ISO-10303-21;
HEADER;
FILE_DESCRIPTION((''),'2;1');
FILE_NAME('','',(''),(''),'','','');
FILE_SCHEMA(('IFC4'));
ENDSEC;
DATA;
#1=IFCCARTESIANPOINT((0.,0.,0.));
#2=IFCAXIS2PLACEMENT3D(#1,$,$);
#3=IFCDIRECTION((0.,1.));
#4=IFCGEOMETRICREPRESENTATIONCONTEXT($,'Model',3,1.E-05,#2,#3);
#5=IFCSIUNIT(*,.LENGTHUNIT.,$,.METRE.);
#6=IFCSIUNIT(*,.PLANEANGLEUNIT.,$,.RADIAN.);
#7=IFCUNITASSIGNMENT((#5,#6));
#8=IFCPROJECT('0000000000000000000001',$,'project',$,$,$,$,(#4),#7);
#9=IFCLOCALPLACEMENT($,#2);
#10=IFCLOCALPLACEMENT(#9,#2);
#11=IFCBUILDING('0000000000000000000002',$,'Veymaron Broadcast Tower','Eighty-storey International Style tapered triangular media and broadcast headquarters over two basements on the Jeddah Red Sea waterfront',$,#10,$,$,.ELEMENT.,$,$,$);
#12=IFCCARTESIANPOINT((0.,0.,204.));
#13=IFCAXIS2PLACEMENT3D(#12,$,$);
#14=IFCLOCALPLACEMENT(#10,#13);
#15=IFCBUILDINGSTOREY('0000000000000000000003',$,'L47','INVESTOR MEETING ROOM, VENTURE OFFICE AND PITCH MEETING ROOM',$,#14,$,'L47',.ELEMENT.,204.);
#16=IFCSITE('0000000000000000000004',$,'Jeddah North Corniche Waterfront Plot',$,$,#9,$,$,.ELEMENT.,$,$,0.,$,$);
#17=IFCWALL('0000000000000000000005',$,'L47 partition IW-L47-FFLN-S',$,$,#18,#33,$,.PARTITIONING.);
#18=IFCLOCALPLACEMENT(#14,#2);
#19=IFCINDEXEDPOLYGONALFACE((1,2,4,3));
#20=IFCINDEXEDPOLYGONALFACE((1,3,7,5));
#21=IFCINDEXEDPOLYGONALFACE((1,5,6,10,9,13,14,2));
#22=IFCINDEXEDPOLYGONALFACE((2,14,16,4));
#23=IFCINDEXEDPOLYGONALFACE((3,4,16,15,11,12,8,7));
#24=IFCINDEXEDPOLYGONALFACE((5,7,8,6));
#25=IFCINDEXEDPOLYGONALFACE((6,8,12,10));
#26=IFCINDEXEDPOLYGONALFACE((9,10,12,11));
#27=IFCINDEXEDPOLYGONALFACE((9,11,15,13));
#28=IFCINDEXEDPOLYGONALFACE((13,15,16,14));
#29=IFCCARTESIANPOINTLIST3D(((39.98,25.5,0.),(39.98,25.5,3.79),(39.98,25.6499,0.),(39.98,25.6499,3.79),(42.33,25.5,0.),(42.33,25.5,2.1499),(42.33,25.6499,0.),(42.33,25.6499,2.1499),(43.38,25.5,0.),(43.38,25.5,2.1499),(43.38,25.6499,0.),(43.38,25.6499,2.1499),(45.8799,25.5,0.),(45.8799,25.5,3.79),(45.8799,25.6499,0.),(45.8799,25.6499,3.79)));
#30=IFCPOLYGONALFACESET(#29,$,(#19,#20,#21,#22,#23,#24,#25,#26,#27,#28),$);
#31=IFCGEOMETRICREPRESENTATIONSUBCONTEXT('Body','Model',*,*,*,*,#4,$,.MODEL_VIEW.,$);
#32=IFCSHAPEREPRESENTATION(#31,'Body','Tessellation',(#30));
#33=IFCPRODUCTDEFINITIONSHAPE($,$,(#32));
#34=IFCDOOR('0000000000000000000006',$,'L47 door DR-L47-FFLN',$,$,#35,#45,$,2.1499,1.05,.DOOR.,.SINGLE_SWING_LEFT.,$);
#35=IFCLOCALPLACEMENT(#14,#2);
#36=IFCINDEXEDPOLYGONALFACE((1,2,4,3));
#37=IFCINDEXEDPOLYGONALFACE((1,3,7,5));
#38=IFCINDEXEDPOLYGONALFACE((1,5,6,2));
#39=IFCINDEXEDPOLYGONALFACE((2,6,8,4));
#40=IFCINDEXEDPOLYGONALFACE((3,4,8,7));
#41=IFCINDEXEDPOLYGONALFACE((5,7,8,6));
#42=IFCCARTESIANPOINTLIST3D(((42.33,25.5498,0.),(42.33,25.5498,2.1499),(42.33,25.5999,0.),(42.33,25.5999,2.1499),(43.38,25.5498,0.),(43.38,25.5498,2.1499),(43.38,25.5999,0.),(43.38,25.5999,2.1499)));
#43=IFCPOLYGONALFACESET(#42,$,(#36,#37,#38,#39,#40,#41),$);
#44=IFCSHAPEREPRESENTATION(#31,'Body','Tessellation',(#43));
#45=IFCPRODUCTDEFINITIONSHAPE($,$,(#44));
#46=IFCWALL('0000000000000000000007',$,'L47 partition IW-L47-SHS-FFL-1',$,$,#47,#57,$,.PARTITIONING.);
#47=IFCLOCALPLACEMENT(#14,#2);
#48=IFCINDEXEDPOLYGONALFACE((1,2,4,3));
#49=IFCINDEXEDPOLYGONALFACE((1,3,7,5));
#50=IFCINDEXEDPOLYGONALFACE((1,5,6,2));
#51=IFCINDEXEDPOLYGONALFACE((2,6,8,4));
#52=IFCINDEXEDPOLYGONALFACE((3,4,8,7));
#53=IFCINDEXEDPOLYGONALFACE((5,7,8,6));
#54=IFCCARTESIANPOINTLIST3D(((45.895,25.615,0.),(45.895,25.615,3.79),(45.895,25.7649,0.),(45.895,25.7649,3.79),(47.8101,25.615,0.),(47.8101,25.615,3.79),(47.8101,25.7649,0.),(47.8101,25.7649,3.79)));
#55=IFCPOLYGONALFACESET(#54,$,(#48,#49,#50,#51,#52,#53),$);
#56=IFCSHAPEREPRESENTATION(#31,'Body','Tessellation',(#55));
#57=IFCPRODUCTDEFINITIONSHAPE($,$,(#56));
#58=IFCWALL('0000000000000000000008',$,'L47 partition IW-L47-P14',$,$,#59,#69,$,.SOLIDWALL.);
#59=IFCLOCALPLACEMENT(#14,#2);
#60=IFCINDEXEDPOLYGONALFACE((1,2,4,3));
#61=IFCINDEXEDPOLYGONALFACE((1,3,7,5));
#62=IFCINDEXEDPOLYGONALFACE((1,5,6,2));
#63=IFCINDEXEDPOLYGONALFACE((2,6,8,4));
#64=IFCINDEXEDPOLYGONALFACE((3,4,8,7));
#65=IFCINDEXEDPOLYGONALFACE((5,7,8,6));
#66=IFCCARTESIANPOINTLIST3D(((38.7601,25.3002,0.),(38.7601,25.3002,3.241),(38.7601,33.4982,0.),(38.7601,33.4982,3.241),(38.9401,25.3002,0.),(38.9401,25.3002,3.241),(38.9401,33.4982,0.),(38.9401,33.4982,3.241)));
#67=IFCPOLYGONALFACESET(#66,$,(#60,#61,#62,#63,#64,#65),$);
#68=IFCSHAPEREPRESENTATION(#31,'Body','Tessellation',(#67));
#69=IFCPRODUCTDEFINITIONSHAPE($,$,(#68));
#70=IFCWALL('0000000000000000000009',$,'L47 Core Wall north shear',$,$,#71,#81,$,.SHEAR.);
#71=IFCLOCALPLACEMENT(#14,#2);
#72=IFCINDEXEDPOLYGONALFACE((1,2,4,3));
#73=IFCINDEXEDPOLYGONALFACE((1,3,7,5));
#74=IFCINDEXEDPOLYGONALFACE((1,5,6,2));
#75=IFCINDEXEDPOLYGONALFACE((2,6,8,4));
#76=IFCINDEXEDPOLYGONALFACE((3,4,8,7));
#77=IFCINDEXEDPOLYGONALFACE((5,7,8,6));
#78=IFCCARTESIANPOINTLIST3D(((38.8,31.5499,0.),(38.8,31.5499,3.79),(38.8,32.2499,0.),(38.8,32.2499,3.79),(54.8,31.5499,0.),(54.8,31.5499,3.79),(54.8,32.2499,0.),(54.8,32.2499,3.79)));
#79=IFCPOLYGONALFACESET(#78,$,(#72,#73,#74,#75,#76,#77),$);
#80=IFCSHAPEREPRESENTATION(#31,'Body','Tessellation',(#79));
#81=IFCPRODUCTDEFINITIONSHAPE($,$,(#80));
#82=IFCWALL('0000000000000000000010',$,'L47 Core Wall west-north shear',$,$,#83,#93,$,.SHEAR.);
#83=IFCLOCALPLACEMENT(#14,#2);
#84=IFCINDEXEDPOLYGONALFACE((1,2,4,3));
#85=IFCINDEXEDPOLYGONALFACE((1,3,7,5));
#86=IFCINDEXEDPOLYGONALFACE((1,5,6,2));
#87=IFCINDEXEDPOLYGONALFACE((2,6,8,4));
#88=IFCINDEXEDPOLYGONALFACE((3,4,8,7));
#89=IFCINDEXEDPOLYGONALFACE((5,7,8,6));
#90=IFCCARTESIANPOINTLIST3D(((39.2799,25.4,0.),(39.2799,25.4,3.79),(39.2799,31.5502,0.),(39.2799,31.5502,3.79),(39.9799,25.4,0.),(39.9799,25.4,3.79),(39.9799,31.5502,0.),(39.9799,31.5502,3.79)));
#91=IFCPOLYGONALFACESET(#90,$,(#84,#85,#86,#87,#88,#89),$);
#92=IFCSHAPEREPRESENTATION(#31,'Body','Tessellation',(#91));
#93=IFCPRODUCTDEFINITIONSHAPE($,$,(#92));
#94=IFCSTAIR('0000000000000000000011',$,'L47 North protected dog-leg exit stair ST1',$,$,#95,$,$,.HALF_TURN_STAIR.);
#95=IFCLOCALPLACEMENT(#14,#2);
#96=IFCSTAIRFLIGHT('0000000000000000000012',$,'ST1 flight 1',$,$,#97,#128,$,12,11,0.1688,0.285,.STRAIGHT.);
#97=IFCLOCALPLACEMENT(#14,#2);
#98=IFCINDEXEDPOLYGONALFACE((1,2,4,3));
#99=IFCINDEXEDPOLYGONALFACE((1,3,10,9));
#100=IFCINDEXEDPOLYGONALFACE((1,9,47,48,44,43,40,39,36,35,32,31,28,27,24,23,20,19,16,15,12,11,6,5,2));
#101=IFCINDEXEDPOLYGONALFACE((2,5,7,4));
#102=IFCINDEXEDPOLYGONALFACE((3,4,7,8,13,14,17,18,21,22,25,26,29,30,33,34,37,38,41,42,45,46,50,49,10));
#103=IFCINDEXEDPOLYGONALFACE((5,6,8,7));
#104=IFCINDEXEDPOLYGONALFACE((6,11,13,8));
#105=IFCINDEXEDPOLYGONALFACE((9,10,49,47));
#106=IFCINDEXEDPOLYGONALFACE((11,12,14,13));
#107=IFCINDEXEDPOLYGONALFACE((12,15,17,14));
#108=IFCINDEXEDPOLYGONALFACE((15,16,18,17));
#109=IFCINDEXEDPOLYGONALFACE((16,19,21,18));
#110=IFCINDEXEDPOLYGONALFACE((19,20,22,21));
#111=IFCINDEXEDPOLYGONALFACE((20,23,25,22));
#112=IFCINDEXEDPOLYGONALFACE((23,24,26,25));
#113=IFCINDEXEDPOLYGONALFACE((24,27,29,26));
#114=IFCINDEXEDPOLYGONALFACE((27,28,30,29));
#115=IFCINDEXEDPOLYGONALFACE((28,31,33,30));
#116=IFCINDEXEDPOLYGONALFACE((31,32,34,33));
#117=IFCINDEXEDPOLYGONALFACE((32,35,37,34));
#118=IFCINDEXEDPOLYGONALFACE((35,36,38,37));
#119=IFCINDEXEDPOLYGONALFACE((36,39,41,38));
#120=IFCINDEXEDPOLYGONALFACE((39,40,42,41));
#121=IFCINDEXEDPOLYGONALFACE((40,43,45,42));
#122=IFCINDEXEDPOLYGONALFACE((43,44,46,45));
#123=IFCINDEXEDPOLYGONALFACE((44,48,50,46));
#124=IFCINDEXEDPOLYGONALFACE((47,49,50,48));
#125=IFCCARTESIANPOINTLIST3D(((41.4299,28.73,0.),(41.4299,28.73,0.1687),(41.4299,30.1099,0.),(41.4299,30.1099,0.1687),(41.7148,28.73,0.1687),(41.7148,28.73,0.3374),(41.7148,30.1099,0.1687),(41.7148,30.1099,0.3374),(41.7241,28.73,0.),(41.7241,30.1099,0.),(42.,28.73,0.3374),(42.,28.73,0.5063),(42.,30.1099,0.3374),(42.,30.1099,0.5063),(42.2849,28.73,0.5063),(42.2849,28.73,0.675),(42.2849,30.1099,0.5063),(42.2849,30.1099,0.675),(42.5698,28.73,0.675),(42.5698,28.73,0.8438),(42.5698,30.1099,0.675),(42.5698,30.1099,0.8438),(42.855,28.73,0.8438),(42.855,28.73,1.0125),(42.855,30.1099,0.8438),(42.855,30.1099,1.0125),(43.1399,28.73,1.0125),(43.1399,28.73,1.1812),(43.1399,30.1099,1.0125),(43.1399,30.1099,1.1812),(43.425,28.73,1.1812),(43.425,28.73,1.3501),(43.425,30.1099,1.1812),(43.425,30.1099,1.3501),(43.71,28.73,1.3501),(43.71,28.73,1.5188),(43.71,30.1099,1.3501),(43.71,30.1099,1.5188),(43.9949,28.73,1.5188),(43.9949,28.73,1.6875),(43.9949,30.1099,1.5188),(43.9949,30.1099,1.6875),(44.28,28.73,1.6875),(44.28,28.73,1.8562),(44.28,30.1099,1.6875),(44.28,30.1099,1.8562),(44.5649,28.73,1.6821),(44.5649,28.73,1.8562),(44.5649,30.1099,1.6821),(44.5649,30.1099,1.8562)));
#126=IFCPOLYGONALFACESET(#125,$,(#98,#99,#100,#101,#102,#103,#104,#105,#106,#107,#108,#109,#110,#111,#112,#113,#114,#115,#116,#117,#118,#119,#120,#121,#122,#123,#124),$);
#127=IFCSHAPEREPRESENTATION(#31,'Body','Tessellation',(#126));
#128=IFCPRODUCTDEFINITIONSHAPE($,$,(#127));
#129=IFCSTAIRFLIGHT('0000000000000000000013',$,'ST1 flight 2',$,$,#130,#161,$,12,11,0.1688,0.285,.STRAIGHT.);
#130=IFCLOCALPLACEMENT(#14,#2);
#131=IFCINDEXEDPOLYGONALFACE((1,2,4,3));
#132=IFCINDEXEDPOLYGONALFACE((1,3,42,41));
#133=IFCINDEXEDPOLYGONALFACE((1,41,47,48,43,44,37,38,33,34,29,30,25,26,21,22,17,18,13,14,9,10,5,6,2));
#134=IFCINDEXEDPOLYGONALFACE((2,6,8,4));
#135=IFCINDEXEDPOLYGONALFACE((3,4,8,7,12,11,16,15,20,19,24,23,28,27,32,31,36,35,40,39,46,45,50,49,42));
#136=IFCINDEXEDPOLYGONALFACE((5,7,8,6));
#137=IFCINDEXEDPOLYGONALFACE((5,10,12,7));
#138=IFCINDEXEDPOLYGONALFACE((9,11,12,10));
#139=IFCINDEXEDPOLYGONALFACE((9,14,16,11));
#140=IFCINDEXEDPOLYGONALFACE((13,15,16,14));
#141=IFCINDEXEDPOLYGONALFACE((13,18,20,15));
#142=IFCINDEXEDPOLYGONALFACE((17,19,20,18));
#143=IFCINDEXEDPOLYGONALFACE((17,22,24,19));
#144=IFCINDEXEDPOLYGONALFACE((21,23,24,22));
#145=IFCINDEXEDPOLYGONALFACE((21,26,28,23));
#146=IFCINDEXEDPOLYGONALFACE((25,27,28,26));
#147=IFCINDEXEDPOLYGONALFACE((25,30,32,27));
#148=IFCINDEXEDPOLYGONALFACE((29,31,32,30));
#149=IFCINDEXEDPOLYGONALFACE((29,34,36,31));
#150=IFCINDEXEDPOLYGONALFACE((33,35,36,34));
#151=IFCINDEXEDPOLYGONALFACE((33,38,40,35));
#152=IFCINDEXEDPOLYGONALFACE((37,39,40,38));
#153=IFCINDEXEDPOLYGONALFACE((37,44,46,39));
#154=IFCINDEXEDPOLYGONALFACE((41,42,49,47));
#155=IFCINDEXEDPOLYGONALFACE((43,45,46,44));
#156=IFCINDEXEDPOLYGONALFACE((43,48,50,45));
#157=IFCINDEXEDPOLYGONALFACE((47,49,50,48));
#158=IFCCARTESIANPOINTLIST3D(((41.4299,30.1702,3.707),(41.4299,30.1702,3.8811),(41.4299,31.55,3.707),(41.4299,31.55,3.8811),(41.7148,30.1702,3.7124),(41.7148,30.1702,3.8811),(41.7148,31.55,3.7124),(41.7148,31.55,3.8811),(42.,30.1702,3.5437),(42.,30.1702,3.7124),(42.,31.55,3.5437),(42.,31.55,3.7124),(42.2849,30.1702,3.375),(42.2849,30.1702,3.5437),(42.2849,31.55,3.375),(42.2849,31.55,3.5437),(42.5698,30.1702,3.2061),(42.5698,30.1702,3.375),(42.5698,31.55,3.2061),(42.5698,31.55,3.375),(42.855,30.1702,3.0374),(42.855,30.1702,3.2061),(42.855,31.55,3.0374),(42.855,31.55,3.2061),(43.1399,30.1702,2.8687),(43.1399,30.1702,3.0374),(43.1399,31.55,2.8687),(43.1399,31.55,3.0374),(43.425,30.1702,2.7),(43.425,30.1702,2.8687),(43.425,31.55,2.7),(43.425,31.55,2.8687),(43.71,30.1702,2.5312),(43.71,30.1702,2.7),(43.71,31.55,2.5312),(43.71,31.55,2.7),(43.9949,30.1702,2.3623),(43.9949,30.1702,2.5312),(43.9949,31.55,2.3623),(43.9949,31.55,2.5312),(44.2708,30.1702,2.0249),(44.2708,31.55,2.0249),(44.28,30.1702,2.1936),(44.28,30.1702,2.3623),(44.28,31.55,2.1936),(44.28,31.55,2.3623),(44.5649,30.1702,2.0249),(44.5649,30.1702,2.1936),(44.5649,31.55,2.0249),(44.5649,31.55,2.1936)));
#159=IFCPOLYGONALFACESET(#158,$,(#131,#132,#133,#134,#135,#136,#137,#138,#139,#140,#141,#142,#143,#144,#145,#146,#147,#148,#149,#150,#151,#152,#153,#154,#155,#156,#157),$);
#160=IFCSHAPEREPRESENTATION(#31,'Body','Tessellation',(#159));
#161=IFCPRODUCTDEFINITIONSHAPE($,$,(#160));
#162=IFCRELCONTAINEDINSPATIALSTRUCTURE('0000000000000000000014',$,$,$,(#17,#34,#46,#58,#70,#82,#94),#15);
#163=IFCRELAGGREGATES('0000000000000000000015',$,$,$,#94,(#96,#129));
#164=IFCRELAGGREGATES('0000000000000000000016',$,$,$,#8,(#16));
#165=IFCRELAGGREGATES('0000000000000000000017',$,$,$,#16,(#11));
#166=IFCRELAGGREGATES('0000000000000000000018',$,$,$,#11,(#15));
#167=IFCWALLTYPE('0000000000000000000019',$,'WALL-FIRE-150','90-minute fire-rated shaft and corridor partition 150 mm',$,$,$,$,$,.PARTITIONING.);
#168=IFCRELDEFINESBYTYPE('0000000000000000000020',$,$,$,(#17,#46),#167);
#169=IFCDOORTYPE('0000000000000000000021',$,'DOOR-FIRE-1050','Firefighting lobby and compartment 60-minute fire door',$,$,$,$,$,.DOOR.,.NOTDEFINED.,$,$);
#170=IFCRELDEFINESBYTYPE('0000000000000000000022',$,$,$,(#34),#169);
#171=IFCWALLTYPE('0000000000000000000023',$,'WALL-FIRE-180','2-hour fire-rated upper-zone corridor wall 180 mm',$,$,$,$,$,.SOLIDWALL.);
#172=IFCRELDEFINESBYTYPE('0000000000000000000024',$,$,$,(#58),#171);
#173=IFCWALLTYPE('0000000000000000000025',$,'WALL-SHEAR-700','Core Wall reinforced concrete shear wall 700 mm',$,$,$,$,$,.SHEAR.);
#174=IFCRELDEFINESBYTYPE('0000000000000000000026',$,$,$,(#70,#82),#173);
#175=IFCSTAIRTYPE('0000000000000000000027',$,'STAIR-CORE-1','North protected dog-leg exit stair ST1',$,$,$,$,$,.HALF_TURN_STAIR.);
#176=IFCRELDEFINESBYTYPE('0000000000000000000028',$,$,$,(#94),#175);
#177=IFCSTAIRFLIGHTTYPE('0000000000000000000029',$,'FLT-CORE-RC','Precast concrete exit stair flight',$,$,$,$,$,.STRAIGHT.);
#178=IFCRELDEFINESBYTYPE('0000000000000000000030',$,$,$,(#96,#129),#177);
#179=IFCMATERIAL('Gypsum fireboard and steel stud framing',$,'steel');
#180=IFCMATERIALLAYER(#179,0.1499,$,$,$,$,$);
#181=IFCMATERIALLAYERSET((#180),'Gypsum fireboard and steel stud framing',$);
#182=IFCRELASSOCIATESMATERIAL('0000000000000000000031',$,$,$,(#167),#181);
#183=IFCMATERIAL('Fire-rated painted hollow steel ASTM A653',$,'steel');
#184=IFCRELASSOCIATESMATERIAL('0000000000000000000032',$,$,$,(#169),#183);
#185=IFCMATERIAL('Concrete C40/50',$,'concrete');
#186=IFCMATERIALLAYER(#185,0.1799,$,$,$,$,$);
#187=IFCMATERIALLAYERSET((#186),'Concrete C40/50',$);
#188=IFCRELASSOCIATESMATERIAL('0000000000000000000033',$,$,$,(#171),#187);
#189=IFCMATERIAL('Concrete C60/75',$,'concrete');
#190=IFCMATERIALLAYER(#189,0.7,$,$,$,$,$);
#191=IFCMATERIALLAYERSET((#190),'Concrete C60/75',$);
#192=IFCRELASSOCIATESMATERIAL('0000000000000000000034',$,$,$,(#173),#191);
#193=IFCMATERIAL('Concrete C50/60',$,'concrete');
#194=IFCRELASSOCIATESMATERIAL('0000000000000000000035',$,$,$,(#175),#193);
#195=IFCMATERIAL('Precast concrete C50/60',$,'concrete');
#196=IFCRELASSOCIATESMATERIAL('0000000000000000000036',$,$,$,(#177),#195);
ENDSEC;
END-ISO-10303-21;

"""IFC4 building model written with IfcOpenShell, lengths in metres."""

from ifc_helpers import new_model, si_unit, direction, frame, frame_2d, origin, place, context, subcontext, project, spatial, polyline, rectangle, outline, extrude, material, layer, layer_set, type_object, element, fill, aggregate, save


model = new_model("IFC4")

# Units and contexts
model_context = context("Model", 3, precision=1e-05, world=origin(), true_north=direction((0.0, 1.0)))
body_context = subcontext(model_context, "Body", "Model", "MODEL_VIEW")
ifc_project = project(units=[si_unit("LENGTHUNIT", "METRE"), si_unit("PLANEANGLEUNIT", "RADIAN")], contexts=[model_context])

# Site, building, storey
site_placement = place(None, origin())
site = spatial("IfcSite", under=ifc_project, at=site_placement, Name="Jeddah North Corniche Waterfront Plot", CompositionType="ELEMENT", RefElevation=0.0)
building_placement = place(site_placement, origin())
building = spatial("IfcBuilding", under=site, at=building_placement, Name="Veymaron Broadcast Tower", Description="Eighty-storey International Style tapered triangular media and broadcast headquarters over two basements on the Jeddah Red Sea waterfront", CompositionType="ELEMENT")
storey_placement = place(building_placement, frame((0.0, 0.0, 204.0)))
storey = spatial("IfcBuildingStorey", under=building, at=storey_placement, Name="L47", Description="INVESTOR MEETING ROOM, VENTURE OFFICE AND PITCH MEETING ROOM", LongName="L47", CompositionType="ELEMENT", Elevation=204.0)

# Shared definitions
ifc_material_1 = material(Name="Concrete C60/75", Category="concrete")

# Wall, opening, door
ifc_material_2 = material(Name="Gypsum fireboard and steel stud framing", Category="steel")
ifc_layer_1 = layer(ifc_material_2, 0.1499)
ifc_layer_set_1 = layer_set([ifc_layer_1], Name="Gypsum fireboard and steel stud framing")
wall_type_1 = type_object("IfcWallType", Name="WALL-FIRE-150", Description="90-minute fire-rated shaft and corridor partition 150 mm", PredefinedType="PARTITIONING", material=ifc_layer_set_1)
wall_1_placement = place(storey_placement, frame((39.98, 25.575, 0.0), z_axis=(0.0, 0.0, 1.0), x_axis=(1.0, 0.0, 0.0)))
wall_1 = element("IfcWall", 1, at=wall_1_placement, inside=storey, type_object=wall_type_1, Name="L47 partition IW-L47-FFLN-S", PredefinedType="PARTITIONING", context=body_context, shape_type="SweptSolid", body=[
    extrude(rectangle(XDim=5.8999, YDim=0.1499, at=frame_2d((2.95, 0.0))), origin(), (0.0, 0.0, 1.0), 3.79),
])
opening_1_placement = place(wall_1_placement, frame((2.3501, 0.0, 0.0)))
opening_1 = element("IfcOpeningElement", 2, at=opening_1_placement, cuts=wall_1, PredefinedType="OPENING", context=body_context, shape_type="SweptSolid", body=[
    extrude(rectangle(XDim=1.05, YDim=2.1499, at=frame_2d((0.5249, 1.075))), frame((0.0, 0.085, 0.0), z_axis=(0.0, -1.0, 0.0), x_axis=(1.0, 0.0, 0.0)), (0.0, 0.0, 1.0), 0.1699),
])
ifc_material_3 = material(Name="Fire-rated painted hollow steel ASTM A653", Category="steel")
door_type_1 = type_object("IfcDoorType", Name="DOOR-FIRE-1050", Description="Firefighting lobby and compartment 60-minute fire door", OperationType="NOTDEFINED", PredefinedType="DOOR", material=ifc_material_3)
door_1_placement = place(opening_1_placement, origin())
door_1 = element("IfcDoor", 3, at=door_1_placement, inside=storey, type_object=door_type_1, Name="L47 door DR-L47-FFLN", OperationType="SINGLE_SWING_LEFT", OverallHeight=2.1499, OverallWidth=1.05, PredefinedType="DOOR", context=body_context, shape_type="SweptSolid", body=[
    extrude(rectangle(XDim=1.05, YDim=2.1499, at=frame_2d((0.5249, 1.075))), frame((0.0, 0.0249, 0.0), z_axis=(0.0, -1.0, 0.0), x_axis=(1.0, 0.0, 0.0)), (0.0, 0.0, 1.0), 0.05),
])
fill(opening_1, door_1)

# Walls
wall_2_placement = place(storey_placement, frame((45.895, 25.6899, 0.0), z_axis=(0.0, 0.0, 1.0), x_axis=(1.0, 0.0, 0.0)))
element("IfcWall", 4, at=wall_2_placement, inside=storey, type_object=wall_type_1, Name="L47 partition IW-L47-SHS-FFL-1", PredefinedType="PARTITIONING", context=body_context, shape_type="SweptSolid", body=[
    extrude(rectangle(XDim=1.915, YDim=0.1499, at=frame_2d((0.9575, 0.0))), origin(), (0.0, 0.0, 1.0), 3.79),
])
ifc_material_4 = material(Name="Concrete C40/50", Category="concrete")
ifc_layer_2 = layer(ifc_material_4, 0.1799)
ifc_layer_set_2 = layer_set([ifc_layer_2], Name="Concrete C40/50")
wall_type_2 = type_object("IfcWallType", Name="WALL-FIRE-180", Description="2-hour fire-rated upper-zone corridor wall 180 mm", PredefinedType="SOLIDWALL", material=ifc_layer_set_2)
wall_3_placement = place(storey_placement, frame((38.8501, 25.3, 0.0), z_axis=(0.0, 0.0, 1.0), x_axis=(0.0, 1.0, 0.0)))
element("IfcWall", 5, at=wall_3_placement, inside=storey, type_object=wall_type_2, Name="L47 partition IW-L47-P14", PredefinedType="SOLIDWALL", context=body_context, shape_type="SweptSolid", body=[
    extrude(rectangle(XDim=8.198, YDim=0.1799, at=frame_2d((4.0991, 0.0))), origin(), (0.0, 0.0, 1.0), 3.241),
])

# Shared definitions
ifc_material_5 = material(Name="Concrete C50/60", Category="concrete")

# Walls
ifc_layer_3 = layer(ifc_material_1, 0.7)
ifc_layer_set_3 = layer_set([ifc_layer_3], Name="Concrete C60/75")
wall_type_3 = type_object("IfcWallType", Name="WALL-SHEAR-700", Description="Core Wall reinforced concrete shear wall 700 mm", PredefinedType="SHEAR", material=ifc_layer_set_3)
wall_4_placement = place(storey_placement, frame((38.8, 31.8999, 0.0), z_axis=(0.0, 0.0, 1.0), x_axis=(1.0, 0.0, 0.0)))
element("IfcWall", 6, at=wall_4_placement, inside=storey, type_object=wall_type_3, Name="L47 Core Wall north shear", PredefinedType="SHEAR", context=body_context, shape_type="SweptSolid", body=[
    extrude(rectangle(XDim=16.0, YDim=0.7, at=frame_2d((8.0, 0.0))), origin(), (0.0, 0.0, 1.0), 3.79),
])
wall_5_placement = place(storey_placement, frame((39.6299, 25.3999, 0.0), z_axis=(0.0, 0.0, 1.0), x_axis=(0.0, 1.0, 0.0)))
element("IfcWall", 7, at=wall_5_placement, inside=storey, type_object=wall_type_3, Name="L47 Core Wall west-north shear", PredefinedType="SHEAR", context=body_context, shape_type="SweptSolid", body=[
    extrude(rectangle(XDim=6.1501, YDim=0.7, at=frame_2d((3.0752, 0.0))), origin(), (0.0, 0.0, 1.0), 3.79),
])

# Stair, stair flights
stair_type = type_object("IfcStairType", Name="STAIR-CORE-1", Description="North protected dog-leg exit stair ST1", PredefinedType="HALF_TURN_STAIR", material=ifc_material_5)
stair_placement = place(storey_placement, origin())
stair = element("IfcStair", 8, at=stair_placement, inside=storey, type_object=stair_type, Name="L47 North protected dog-leg exit stair ST1", PredefinedType="HALF_TURN_STAIR")
ifc_material_6 = material(Name="Precast concrete C50/60", Category="concrete")
stair_flight_type = type_object("IfcStairFlightType", Name="FLT-CORE-RC", Description="Precast concrete exit stair flight", PredefinedType="STRAIGHT", material=ifc_material_6)
stair_flight_1_placement = place(storey_placement, frame((41.4299, 29.4199, 0.0), z_axis=(0.0, 0.0, 1.0), x_axis=(1.0, 0.0, 0.0)))
stair_flight_1 = element("IfcStairFlight", 9, at=stair_flight_1_placement, type_object=stair_flight_type, Name="ST1 flight 1", NumberOfRisers=12, NumberOfTreads=11, PredefinedType="STRAIGHT", RiserHeight=0.1688, TreadLength=0.285, context=body_context, shape_type="SweptSolid", body=[
    extrude(outline(polyline([(0.0, 0.0), (0.0, 0.1687), (0.2849, 0.1687), (0.2849, 0.3374), (0.5701, 0.3374), (0.5701, 0.5063), (0.855, 0.5063), (0.855, 0.675), (1.1399, 0.675), (1.1399, 0.8438), (1.425, 0.8438), (1.425, 1.0125), (1.71, 1.0125), (1.71, 1.1812), (1.9951, 1.1812), (1.9951, 1.3501), (2.28, 1.3501), (2.28, 1.5188), (2.5649, 1.5188), (2.5649, 1.6875), (2.8501, 1.6875), (2.8501, 1.8562), (3.135, 1.8562), (3.135, 2.0249), (3.135, 1.6821), (0.2942, 0.0), (0.0, 0.0)])), frame((0.0, 0.6899, 0.0), z_axis=(0.0, -1.0, 0.0), x_axis=(1.0, 0.0, 0.0)), (0.0, 0.0, 1.0), 1.3799),
])
stair_flight_2_placement = place(storey_placement, frame((44.5649, 30.8601, 2.0249), z_axis=(0.0, 0.0, 1.0), x_axis=(-1.0, 0.0, 0.0)))
stair_flight_2 = element("IfcStairFlight", 10, at=stair_flight_2_placement, type_object=stair_flight_type, Name="ST1 flight 2", NumberOfRisers=12, NumberOfTreads=11, PredefinedType="STRAIGHT", RiserHeight=0.1688, TreadLength=0.285, context=body_context, shape_type="SweptSolid", body=[
    extrude(outline(polyline([(0.0, 0.0), (0.0, 0.1687), (0.2849, 0.1687), (0.2849, 0.3374), (0.5701, 0.3374), (0.5701, 0.5063), (0.855, 0.5063), (0.855, 0.675), (1.1399, 0.675), (1.1399, 0.8438), (1.425, 0.8438), (1.425, 1.0125), (1.71, 1.0125), (1.71, 1.1812), (1.9951, 1.1812), (1.9951, 1.3501), (2.28, 1.3501), (2.28, 1.5188), (2.5649, 1.5188), (2.5649, 1.6875), (2.8501, 1.6875), (2.8501, 1.8562), (3.135, 1.8562), (3.135, 2.0249), (3.135, 1.6821), (0.2942, 0.0), (0.0, 0.0)])), frame((0.0, 0.6899, 0.0), z_axis=(0.0, -1.0, 0.0), x_axis=(1.0, 0.0, 0.0)), (0.0, 0.0, 1.0), 1.3799),
])
aggregate(stair, [stair_flight_1, stair_flight_2])

save(model, "model.ifc")
